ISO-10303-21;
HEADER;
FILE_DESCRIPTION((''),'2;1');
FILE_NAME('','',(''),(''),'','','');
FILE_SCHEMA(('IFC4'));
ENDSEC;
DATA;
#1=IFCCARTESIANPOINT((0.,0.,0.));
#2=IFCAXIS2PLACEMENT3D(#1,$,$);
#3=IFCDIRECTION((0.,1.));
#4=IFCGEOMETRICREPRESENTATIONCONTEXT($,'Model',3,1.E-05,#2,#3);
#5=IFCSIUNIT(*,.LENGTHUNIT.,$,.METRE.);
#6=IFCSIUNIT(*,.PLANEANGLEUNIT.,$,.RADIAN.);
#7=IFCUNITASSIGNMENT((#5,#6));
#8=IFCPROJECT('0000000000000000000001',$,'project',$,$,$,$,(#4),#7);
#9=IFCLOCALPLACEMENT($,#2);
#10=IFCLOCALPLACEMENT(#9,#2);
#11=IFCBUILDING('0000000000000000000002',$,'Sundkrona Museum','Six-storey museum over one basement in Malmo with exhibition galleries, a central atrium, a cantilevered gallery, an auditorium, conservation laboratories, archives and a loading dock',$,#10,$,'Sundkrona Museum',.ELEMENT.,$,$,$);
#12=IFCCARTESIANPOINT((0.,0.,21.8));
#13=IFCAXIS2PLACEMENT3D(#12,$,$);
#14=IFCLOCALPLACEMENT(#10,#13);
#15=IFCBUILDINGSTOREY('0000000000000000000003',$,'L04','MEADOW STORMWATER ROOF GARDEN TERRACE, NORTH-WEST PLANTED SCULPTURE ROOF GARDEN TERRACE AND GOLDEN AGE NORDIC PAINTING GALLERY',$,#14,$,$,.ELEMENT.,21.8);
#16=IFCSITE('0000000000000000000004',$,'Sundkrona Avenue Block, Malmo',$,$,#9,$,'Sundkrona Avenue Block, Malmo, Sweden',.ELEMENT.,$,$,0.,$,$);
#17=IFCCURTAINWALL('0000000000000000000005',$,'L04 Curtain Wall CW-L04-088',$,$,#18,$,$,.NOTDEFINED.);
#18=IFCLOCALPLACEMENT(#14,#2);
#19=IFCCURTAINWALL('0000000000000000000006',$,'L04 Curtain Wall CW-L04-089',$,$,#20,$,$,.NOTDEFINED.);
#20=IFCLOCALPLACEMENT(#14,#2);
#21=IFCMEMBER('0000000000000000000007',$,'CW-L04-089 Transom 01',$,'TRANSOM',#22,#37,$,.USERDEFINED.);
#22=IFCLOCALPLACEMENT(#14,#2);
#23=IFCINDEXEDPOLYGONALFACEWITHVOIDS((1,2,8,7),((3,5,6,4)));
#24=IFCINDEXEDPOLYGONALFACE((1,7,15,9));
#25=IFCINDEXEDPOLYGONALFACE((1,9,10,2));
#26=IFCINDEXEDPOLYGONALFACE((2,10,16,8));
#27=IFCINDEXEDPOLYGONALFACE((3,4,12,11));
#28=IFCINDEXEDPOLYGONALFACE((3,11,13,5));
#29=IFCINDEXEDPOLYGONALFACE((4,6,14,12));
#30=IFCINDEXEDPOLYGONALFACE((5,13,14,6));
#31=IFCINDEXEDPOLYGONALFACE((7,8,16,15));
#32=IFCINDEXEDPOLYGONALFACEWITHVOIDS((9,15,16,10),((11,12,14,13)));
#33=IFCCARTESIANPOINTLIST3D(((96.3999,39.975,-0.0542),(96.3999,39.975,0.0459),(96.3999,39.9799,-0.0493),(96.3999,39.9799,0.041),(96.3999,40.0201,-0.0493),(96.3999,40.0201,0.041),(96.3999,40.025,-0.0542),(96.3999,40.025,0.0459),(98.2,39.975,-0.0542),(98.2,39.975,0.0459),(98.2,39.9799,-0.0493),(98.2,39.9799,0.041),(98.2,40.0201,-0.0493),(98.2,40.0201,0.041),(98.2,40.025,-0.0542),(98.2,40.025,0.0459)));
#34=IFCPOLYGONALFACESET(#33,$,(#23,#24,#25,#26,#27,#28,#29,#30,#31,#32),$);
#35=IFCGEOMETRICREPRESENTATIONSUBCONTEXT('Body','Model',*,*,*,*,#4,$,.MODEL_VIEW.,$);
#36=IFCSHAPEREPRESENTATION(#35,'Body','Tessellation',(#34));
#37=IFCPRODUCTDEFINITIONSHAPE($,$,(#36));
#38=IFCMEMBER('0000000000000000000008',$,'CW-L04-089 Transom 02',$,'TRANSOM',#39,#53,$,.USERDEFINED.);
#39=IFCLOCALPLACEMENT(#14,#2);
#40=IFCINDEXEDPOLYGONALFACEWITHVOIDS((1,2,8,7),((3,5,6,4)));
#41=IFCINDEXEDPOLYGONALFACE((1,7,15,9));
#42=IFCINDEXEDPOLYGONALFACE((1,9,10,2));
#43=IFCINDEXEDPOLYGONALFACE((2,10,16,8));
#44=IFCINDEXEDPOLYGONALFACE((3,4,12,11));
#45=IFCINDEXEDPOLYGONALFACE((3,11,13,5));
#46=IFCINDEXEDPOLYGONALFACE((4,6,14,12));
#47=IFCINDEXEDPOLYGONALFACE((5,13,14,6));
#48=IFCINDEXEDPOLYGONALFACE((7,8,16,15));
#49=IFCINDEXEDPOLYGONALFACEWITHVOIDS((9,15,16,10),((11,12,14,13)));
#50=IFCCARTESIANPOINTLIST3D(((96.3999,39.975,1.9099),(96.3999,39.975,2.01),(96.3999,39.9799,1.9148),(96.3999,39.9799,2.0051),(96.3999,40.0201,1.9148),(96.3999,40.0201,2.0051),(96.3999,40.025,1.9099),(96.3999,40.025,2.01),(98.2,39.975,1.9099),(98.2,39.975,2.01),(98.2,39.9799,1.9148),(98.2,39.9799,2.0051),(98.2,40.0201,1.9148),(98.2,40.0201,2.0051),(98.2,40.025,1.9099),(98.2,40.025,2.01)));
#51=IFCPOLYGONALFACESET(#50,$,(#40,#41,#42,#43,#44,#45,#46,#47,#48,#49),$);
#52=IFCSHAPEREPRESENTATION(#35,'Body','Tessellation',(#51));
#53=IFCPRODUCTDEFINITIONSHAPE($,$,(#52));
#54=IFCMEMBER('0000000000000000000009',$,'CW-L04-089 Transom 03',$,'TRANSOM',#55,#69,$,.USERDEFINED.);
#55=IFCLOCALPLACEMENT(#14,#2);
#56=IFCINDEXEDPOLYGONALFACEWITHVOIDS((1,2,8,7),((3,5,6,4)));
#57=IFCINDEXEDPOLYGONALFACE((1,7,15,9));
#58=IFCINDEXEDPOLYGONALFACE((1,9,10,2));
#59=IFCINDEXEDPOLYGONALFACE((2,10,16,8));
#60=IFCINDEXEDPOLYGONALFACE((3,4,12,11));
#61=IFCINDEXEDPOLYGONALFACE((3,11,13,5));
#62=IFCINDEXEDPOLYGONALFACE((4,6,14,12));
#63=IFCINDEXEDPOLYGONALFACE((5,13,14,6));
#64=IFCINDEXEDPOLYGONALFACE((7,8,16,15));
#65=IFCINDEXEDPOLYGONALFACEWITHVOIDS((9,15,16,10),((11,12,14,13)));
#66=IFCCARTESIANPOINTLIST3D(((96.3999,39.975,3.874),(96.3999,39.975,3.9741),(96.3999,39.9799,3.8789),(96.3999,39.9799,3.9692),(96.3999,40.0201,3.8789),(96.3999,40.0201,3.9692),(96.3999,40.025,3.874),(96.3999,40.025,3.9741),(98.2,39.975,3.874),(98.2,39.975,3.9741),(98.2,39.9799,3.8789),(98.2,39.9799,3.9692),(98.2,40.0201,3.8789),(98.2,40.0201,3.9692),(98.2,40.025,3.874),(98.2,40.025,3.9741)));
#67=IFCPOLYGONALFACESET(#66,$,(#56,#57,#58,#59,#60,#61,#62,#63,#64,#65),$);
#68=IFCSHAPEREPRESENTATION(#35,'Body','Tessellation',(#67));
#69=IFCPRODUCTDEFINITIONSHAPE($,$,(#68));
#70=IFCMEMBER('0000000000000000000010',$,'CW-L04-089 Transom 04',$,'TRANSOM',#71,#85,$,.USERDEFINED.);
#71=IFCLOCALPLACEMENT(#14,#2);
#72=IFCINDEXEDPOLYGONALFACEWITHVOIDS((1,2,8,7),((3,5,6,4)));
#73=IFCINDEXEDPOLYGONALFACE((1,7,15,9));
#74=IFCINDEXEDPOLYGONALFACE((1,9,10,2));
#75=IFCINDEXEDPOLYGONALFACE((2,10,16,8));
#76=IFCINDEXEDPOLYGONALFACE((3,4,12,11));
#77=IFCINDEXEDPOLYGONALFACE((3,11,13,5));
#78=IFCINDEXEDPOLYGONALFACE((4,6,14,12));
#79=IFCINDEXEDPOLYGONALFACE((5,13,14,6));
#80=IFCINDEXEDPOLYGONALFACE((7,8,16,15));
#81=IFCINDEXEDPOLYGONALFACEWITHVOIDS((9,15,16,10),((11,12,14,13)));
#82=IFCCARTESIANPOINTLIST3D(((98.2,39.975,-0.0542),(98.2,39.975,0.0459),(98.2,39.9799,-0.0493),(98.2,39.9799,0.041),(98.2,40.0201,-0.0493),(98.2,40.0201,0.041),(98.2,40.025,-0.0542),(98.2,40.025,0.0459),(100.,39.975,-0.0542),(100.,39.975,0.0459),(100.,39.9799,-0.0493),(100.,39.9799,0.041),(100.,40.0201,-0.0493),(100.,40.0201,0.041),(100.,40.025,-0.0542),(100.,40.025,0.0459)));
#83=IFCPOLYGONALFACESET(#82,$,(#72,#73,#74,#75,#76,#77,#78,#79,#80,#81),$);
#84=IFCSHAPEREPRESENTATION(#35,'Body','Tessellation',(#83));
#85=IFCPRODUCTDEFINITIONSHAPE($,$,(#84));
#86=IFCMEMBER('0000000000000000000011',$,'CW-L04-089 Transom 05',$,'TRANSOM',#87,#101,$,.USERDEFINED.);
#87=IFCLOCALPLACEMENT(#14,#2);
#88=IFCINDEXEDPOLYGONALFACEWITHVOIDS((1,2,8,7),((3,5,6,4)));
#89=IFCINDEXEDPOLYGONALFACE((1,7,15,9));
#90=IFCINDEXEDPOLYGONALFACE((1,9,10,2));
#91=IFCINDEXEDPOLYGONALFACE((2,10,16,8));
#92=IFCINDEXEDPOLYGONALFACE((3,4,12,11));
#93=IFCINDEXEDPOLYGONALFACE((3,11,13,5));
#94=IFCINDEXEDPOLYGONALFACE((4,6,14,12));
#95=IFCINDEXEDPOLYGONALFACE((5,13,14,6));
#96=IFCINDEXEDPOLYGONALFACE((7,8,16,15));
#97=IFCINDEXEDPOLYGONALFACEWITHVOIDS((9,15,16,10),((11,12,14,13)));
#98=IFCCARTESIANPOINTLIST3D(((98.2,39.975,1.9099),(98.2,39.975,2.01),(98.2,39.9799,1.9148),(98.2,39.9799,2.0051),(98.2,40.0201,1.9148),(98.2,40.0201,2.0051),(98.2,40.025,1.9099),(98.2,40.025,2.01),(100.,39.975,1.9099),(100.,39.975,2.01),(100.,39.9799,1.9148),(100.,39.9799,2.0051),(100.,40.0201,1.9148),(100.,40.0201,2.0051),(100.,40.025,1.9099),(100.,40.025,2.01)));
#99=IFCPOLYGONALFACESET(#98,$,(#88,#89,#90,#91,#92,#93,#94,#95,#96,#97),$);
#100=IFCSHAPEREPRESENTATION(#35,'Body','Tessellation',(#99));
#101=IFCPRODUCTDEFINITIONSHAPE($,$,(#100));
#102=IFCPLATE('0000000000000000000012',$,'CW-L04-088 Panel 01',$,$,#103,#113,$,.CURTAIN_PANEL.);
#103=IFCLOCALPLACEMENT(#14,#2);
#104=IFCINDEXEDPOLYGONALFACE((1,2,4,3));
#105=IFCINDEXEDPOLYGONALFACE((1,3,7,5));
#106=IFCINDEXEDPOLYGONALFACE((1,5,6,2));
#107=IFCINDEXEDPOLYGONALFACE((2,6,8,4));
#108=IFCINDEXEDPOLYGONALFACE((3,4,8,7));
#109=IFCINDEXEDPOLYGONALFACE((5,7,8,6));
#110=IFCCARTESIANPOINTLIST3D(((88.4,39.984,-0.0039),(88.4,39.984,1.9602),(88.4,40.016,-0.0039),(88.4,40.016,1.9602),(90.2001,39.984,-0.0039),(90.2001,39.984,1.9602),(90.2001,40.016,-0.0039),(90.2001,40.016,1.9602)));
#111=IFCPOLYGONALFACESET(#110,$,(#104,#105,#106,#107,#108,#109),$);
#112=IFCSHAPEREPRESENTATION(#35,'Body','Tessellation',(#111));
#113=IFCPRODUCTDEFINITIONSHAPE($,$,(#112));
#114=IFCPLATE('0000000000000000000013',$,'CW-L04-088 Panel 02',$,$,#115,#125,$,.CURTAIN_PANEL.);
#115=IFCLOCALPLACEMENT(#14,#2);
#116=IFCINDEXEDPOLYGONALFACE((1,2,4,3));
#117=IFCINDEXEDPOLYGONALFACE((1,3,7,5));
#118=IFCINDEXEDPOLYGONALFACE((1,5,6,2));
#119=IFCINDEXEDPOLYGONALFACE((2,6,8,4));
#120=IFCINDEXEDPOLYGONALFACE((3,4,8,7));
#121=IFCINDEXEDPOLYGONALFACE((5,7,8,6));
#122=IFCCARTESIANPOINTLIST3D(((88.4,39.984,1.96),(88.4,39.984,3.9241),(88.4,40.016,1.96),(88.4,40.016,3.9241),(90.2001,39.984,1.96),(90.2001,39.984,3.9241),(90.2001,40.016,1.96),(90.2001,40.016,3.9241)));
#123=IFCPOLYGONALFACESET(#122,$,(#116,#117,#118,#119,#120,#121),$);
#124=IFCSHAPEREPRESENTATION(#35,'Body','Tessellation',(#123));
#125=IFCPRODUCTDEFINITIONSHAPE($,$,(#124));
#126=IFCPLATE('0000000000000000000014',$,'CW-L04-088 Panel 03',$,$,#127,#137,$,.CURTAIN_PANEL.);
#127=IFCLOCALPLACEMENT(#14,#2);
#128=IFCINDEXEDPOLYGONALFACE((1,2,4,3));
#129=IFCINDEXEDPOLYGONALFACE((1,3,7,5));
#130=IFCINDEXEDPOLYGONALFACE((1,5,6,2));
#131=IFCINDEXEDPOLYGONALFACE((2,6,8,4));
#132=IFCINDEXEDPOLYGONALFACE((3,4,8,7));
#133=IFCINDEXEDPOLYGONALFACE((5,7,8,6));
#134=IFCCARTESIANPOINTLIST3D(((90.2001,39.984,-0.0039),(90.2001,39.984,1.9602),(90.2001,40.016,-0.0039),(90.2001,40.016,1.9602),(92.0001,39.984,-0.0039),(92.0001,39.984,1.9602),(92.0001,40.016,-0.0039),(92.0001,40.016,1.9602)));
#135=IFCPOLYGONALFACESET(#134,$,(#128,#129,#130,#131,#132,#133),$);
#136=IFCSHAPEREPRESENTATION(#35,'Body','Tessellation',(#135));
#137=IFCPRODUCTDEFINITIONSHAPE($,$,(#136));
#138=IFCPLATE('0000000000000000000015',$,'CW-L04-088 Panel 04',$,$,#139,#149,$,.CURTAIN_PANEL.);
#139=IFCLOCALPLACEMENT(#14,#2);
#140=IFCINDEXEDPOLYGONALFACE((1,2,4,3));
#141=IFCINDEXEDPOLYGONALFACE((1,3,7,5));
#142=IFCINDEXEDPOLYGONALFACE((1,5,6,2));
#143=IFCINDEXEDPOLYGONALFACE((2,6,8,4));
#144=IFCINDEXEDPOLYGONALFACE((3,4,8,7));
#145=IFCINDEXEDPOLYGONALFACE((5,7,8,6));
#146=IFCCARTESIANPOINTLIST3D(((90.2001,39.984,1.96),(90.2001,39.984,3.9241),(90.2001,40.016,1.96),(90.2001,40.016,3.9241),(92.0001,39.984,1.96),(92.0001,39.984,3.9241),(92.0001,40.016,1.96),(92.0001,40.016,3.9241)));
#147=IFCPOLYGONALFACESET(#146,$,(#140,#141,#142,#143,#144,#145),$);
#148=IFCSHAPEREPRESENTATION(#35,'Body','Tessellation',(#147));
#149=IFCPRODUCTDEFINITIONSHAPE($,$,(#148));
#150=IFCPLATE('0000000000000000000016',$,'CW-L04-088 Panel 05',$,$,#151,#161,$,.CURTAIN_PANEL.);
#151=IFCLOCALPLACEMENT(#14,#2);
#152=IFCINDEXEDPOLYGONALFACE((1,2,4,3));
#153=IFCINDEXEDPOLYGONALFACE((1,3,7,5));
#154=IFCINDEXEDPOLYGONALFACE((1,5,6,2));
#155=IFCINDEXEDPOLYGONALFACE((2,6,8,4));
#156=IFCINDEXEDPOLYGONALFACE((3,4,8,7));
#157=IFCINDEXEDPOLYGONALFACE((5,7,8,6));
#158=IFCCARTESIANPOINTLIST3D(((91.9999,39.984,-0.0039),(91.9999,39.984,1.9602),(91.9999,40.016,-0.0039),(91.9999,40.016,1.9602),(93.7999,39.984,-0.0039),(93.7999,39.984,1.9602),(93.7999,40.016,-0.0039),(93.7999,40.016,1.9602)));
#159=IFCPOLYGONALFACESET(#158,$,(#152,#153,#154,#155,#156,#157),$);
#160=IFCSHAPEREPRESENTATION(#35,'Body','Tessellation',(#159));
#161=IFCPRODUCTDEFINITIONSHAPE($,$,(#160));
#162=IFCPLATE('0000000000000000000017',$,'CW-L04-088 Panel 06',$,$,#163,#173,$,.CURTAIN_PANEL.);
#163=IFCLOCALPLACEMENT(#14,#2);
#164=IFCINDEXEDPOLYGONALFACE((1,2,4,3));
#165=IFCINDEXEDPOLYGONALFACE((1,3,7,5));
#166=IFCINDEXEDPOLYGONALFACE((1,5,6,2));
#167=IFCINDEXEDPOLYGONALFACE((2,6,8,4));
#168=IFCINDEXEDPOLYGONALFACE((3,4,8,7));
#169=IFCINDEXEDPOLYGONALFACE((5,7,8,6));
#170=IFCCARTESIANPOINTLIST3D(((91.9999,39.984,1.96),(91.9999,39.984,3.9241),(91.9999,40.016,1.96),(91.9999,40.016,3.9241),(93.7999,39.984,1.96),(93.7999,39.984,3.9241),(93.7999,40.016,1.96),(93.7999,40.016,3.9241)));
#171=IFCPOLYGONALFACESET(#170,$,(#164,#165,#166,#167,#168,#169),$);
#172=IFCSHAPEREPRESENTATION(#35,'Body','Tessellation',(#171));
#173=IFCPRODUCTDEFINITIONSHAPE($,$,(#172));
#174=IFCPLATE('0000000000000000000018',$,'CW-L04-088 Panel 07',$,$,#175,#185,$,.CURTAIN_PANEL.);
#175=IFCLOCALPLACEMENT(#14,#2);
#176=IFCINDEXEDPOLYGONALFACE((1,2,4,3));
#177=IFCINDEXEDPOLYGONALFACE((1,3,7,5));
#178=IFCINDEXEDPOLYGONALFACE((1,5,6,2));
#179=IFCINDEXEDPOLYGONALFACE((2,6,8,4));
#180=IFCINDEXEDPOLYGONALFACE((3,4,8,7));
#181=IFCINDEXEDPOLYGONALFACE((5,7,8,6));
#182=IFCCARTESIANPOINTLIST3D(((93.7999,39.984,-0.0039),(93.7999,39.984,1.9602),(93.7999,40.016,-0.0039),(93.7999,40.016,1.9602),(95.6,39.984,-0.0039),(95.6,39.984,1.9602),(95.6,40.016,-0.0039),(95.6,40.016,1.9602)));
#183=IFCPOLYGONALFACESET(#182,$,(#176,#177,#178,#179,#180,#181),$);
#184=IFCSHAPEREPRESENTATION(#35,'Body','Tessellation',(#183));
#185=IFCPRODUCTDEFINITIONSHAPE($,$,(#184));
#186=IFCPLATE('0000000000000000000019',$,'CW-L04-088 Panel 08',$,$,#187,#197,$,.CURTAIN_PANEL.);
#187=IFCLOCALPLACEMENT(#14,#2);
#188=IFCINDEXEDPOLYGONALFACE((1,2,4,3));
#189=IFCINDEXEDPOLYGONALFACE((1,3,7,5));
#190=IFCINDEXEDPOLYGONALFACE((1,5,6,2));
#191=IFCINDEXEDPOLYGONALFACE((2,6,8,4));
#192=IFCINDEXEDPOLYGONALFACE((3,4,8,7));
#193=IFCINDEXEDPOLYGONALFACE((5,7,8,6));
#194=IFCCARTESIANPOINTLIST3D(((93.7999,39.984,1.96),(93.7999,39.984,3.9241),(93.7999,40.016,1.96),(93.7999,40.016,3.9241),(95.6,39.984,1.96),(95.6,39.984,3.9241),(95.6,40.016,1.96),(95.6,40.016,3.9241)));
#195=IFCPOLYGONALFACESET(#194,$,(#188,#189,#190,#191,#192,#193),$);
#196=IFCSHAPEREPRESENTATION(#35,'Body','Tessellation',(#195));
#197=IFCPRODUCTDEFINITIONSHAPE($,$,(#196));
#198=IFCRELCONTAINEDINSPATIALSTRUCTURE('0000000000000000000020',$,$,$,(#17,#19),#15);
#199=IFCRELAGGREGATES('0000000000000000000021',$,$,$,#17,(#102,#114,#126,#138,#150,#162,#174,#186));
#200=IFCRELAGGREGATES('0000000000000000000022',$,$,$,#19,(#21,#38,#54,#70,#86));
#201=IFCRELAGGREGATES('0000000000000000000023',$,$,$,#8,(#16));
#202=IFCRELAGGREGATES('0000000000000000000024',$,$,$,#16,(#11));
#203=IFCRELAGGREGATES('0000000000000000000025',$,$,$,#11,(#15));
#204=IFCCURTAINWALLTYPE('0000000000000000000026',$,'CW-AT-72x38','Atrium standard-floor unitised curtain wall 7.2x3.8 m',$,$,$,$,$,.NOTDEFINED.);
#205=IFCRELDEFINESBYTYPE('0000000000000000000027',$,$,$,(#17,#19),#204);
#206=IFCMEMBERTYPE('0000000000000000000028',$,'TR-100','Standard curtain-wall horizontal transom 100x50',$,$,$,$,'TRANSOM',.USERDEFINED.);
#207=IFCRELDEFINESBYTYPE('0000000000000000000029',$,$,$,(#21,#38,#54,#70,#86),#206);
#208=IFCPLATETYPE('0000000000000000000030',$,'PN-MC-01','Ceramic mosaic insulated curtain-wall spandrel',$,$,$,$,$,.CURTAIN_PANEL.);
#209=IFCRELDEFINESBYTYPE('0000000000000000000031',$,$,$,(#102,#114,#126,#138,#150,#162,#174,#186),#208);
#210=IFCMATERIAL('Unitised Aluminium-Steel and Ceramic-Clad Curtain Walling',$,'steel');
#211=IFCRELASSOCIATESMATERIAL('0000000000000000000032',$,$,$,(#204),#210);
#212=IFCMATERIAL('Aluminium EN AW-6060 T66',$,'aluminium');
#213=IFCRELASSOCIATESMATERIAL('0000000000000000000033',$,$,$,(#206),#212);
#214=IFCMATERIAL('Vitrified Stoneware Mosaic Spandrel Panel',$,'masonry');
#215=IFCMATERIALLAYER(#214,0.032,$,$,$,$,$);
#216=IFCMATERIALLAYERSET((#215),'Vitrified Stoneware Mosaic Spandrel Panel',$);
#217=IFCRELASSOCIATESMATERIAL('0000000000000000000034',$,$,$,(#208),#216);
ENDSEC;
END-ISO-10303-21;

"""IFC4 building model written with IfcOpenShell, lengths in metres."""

from ifc_helpers import new_model, si_unit, direction, frame, origin, origin_2d, place, context, subcontext, project, spatial, rectangle, hollow_rectangle, extrude, material, layer, layer_set, material_profile, profile_set, type_object, element, aggregate, save


model = new_model("IFC4")

# Units and contexts
model_context = context("Model", 3, precision=1e-05, world=origin(), true_north=direction((0.0, 1.0)))
body_context = subcontext(model_context, "Body", "Model", "MODEL_VIEW")
ifc_project = project(units=[si_unit("LENGTHUNIT", "METRE"), si_unit("PLANEANGLEUNIT", "RADIAN")], contexts=[model_context])

# Site, building, storey
site_placement = place(None, origin())
site = spatial("IfcSite", under=ifc_project, at=site_placement, Name="Sundkrona Avenue Block, Malmo", LongName="Sundkrona Avenue Block, Malmo, Sweden", CompositionType="ELEMENT", RefElevation=0.0)
building_placement = place(site_placement, origin())
building = spatial("IfcBuilding", under=site, at=building_placement, Name="Sundkrona Museum", Description="Six-storey museum over one basement in Malmo with exhibition galleries, a central atrium, a cantilevered gallery, an auditorium, conservation laboratories, archives and a loading dock", LongName="Sundkrona Museum", CompositionType="ELEMENT")
storey_placement = place(building_placement, frame((0.0, 0.0, 21.8)))
storey = spatial("IfcBuildingStorey", under=building, at=storey_placement, Name="L04", Description="MEADOW STORMWATER ROOF GARDEN TERRACE, NORTH-WEST PLANTED SCULPTURE ROOF GARDEN TERRACE AND GOLDEN AGE NORDIC PAINTING GALLERY", CompositionType="ELEMENT", Elevation=21.8)

# Curtain walls
ifc_material_1 = material(Name="Unitised Aluminium-Steel and Ceramic-Clad Curtain Walling", Category="steel")
curtain_wall_type = type_object("IfcCurtainWallType", Name="CW-AT-72x38", Description="Atrium standard-floor unitised curtain wall 7.2x3.8 m", PredefinedType="NOTDEFINED", material=ifc_material_1)
curtain_wall_1_placement = place(storey_placement, origin())
curtain_wall_1 = element("IfcCurtainWall", 1, at=curtain_wall_1_placement, inside=storey, type_object=curtain_wall_type, Name="L04 Curtain Wall CW-L04-088", PredefinedType="NOTDEFINED")
ifc_material_2 = material(Name="Aluminium EN AW-6060 T66", Category="aluminium")
curtain_wall_2_placement = place(storey_placement, origin())
curtain_wall_2 = element("IfcCurtainWall", 2, at=curtain_wall_2_placement, inside=storey, type_object=curtain_wall_type, Name="L04 Curtain Wall CW-L04-089", PredefinedType="NOTDEFINED")

# Members
ifc_material_profile_1 = material_profile(ifc_material_2, hollow_rectangle(XDim=0.05, YDim=0.1001, WallThickness=0.0049, at=origin_2d()), Name="RHS 100x50x5.0")
ifc_profile_set_1 = profile_set([ifc_material_profile_1], Name="Aluminium EN AW-6060 T66")
member_type_1 = type_object("IfcMemberType", Name="TR-100", Description="Standard curtain-wall horizontal transom 100x50", ElementType="TRANSOM", PredefinedType="USERDEFINED", material=ifc_profile_set_1)
member_1_placement = place(storey_placement, frame((96.3999, 40.0, -0.0042), z_axis=(1.0, 0.0, 0.0), x_axis=(0.0, 1.0, 0.0)))
member_1 = element("IfcMember", 3, at=member_1_placement, type_object=member_type_1, Name="CW-L04-089 Transom 01", ObjectType="TRANSOM", PredefinedType="USERDEFINED", context=body_context, shape_type="SweptSolid", body=[
    extrude(hollow_rectangle(XDim=0.05, YDim=0.1001, WallThickness=0.0049, at=origin_2d()), origin(), (0.0, 0.0, 1.0), 1.8),
])
member_2_placement = place(storey_placement, frame((96.3999, 40.0, 1.96), z_axis=(1.0, 0.0, 0.0), x_axis=(0.0, 1.0, 0.0)))
member_2 = element("IfcMember", 4, at=member_2_placement, type_object=member_type_1, Name="CW-L04-089 Transom 02", ObjectType="TRANSOM", PredefinedType="USERDEFINED", context=body_context, shape_type="SweptSolid", body=[
    extrude(hollow_rectangle(XDim=0.05, YDim=0.1001, WallThickness=0.0049, at=origin_2d()), origin(), (0.0, 0.0, 1.0), 1.8),
])
member_3_placement = place(storey_placement, frame((96.3999, 40.0, 3.9241), z_axis=(1.0, 0.0, 0.0), x_axis=(0.0, 1.0, 0.0)))
member_3 = element("IfcMember", 5, at=member_3_placement, type_object=member_type_1, Name="CW-L04-089 Transom 03", ObjectType="TRANSOM", PredefinedType="USERDEFINED", context=body_context, shape_type="SweptSolid", body=[
    extrude(hollow_rectangle(XDim=0.05, YDim=0.1001, WallThickness=0.0049, at=origin_2d()), origin(), (0.0, 0.0, 1.0), 1.8),
])
member_4_placement = place(storey_placement, frame((98.2, 40.0, -0.0042), z_axis=(1.0, 0.0, 0.0), x_axis=(0.0, 1.0, 0.0)))
member_4 = element("IfcMember", 6, at=member_4_placement, type_object=member_type_1, Name="CW-L04-089 Transom 04", ObjectType="TRANSOM", PredefinedType="USERDEFINED", context=body_context, shape_type="SweptSolid", body=[
    extrude(hollow_rectangle(XDim=0.05, YDim=0.1001, WallThickness=0.0049, at=origin_2d()), origin(), (0.0, 0.0, 1.0), 1.8),
])
member_5_placement = place(storey_placement, frame((98.2, 40.0, 1.96), z_axis=(1.0, 0.0, 0.0), x_axis=(0.0, 1.0, 0.0)))
member_5 = element("IfcMember", 7, at=member_5_placement, type_object=member_type_1, Name="CW-L04-089 Transom 05", ObjectType="TRANSOM", PredefinedType="USERDEFINED", context=body_context, shape_type="SweptSolid", body=[
    extrude(hollow_rectangle(XDim=0.05, YDim=0.1001, WallThickness=0.0049, at=origin_2d()), origin(), (0.0, 0.0, 1.0), 1.8),
])

# Plates
ifc_material_3 = material(Name="Vitrified Stoneware Mosaic Spandrel Panel", Category="masonry")
ifc_layer = layer(ifc_material_3, 0.032)
ifc_layer_set = layer_set([ifc_layer], Name="Vitrified Stoneware Mosaic Spandrel Panel")
plate_type = type_object("IfcPlateType", Name="PN-MC-01", Description="Ceramic mosaic insulated curtain-wall spandrel", PredefinedType="CURTAIN_PANEL", material=ifc_layer_set)
plate_1_placement = place(storey_placement, frame((89.3, 40.0, -0.0039), z_axis=(0.0, 0.0, 1.0), x_axis=(1.0, 0.0, 0.0)))
plate_1 = element("IfcPlate", 8, at=plate_1_placement, type_object=plate_type, Name="CW-L04-088 Panel 01", PredefinedType="CURTAIN_PANEL", context=body_context, shape_type="SweptSolid", body=[
    extrude(rectangle(XDim=1.8, YDim=0.032, at=origin_2d()), origin(), (0.0, 0.0, 1.0), 1.9641),
])
plate_2_placement = place(storey_placement, frame((89.3, 40.0, 1.96), z_axis=(0.0, 0.0, 1.0), x_axis=(1.0, 0.0, 0.0)))
plate_2 = element("IfcPlate", 9, at=plate_2_placement, type_object=plate_type, Name="CW-L04-088 Panel 02", PredefinedType="CURTAIN_PANEL", context=body_context, shape_type="SweptSolid", body=[
    extrude(rectangle(XDim=1.8, YDim=0.032, at=origin_2d()), origin(), (0.0, 0.0, 1.0), 1.9641),
])
plate_3_placement = place(storey_placement, frame((91.1001, 40.0, -0.0039), z_axis=(0.0, 0.0, 1.0), x_axis=(1.0, 0.0, 0.0)))
plate_3 = element("IfcPlate", 10, at=plate_3_placement, type_object=plate_type, Name="CW-L04-088 Panel 03", PredefinedType="CURTAIN_PANEL", context=body_context, shape_type="SweptSolid", body=[
    extrude(rectangle(XDim=1.8, YDim=0.032, at=origin_2d()), origin(), (0.0, 0.0, 1.0), 1.9641),
])
plate_4_placement = place(storey_placement, frame((91.1001, 40.0, 1.96), z_axis=(0.0, 0.0, 1.0), x_axis=(1.0, 0.0, 0.0)))
plate_4 = element("IfcPlate", 11, at=plate_4_placement, type_object=plate_type, Name="CW-L04-088 Panel 04", PredefinedType="CURTAIN_PANEL", context=body_context, shape_type="SweptSolid", body=[
    extrude(rectangle(XDim=1.8, YDim=0.032, at=origin_2d()), origin(), (0.0, 0.0, 1.0), 1.9641),
])
plate_5_placement = place(storey_placement, frame((92.8999, 40.0, -0.0039), z_axis=(0.0, 0.0, 1.0), x_axis=(1.0, 0.0, 0.0)))
plate_5 = element("IfcPlate", 12, at=plate_5_placement, type_object=plate_type, Name="CW-L04-088 Panel 05", PredefinedType="CURTAIN_PANEL", context=body_context, shape_type="SweptSolid", body=[
    extrude(rectangle(XDim=1.8, YDim=0.032, at=origin_2d()), origin(), (0.0, 0.0, 1.0), 1.9641),
])
plate_6_placement = place(storey_placement, frame((92.8999, 40.0, 1.96), z_axis=(0.0, 0.0, 1.0), x_axis=(1.0, 0.0, 0.0)))
plate_6 = element("IfcPlate", 13, at=plate_6_placement, type_object=plate_type, Name="CW-L04-088 Panel 06", PredefinedType="CURTAIN_PANEL", context=body_context, shape_type="SweptSolid", body=[
    extrude(rectangle(XDim=1.8, YDim=0.032, at=origin_2d()), origin(), (0.0, 0.0, 1.0), 1.9641),
])
plate_7_placement = place(storey_placement, frame((94.7, 40.0, -0.0039), z_axis=(0.0, 0.0, 1.0), x_axis=(1.0, 0.0, 0.0)))
plate_7 = element("IfcPlate", 14, at=plate_7_placement, type_object=plate_type, Name="CW-L04-088 Panel 07", PredefinedType="CURTAIN_PANEL", context=body_context, shape_type="SweptSolid", body=[
    extrude(rectangle(XDim=1.8, YDim=0.032, at=origin_2d()), origin(), (0.0, 0.0, 1.0), 1.9641),
])
plate_8_placement = place(storey_placement, frame((94.7, 40.0, 1.96), z_axis=(0.0, 0.0, 1.0), x_axis=(1.0, 0.0, 0.0)))
plate_8 = element("IfcPlate", 15, at=plate_8_placement, type_object=plate_type, Name="CW-L04-088 Panel 08", PredefinedType="CURTAIN_PANEL", context=body_context, shape_type="SweptSolid", body=[
    extrude(rectangle(XDim=1.8, YDim=0.032, at=origin_2d()), origin(), (0.0, 0.0, 1.0), 1.9641),
])
aggregate(curtain_wall_1, [plate_1, plate_2, plate_3, plate_4, plate_5, plate_6, plate_7, plate_8])
aggregate(curtain_wall_2, [member_1, member_2, member_3, member_4, member_5])

save(model, "model.ifc")
